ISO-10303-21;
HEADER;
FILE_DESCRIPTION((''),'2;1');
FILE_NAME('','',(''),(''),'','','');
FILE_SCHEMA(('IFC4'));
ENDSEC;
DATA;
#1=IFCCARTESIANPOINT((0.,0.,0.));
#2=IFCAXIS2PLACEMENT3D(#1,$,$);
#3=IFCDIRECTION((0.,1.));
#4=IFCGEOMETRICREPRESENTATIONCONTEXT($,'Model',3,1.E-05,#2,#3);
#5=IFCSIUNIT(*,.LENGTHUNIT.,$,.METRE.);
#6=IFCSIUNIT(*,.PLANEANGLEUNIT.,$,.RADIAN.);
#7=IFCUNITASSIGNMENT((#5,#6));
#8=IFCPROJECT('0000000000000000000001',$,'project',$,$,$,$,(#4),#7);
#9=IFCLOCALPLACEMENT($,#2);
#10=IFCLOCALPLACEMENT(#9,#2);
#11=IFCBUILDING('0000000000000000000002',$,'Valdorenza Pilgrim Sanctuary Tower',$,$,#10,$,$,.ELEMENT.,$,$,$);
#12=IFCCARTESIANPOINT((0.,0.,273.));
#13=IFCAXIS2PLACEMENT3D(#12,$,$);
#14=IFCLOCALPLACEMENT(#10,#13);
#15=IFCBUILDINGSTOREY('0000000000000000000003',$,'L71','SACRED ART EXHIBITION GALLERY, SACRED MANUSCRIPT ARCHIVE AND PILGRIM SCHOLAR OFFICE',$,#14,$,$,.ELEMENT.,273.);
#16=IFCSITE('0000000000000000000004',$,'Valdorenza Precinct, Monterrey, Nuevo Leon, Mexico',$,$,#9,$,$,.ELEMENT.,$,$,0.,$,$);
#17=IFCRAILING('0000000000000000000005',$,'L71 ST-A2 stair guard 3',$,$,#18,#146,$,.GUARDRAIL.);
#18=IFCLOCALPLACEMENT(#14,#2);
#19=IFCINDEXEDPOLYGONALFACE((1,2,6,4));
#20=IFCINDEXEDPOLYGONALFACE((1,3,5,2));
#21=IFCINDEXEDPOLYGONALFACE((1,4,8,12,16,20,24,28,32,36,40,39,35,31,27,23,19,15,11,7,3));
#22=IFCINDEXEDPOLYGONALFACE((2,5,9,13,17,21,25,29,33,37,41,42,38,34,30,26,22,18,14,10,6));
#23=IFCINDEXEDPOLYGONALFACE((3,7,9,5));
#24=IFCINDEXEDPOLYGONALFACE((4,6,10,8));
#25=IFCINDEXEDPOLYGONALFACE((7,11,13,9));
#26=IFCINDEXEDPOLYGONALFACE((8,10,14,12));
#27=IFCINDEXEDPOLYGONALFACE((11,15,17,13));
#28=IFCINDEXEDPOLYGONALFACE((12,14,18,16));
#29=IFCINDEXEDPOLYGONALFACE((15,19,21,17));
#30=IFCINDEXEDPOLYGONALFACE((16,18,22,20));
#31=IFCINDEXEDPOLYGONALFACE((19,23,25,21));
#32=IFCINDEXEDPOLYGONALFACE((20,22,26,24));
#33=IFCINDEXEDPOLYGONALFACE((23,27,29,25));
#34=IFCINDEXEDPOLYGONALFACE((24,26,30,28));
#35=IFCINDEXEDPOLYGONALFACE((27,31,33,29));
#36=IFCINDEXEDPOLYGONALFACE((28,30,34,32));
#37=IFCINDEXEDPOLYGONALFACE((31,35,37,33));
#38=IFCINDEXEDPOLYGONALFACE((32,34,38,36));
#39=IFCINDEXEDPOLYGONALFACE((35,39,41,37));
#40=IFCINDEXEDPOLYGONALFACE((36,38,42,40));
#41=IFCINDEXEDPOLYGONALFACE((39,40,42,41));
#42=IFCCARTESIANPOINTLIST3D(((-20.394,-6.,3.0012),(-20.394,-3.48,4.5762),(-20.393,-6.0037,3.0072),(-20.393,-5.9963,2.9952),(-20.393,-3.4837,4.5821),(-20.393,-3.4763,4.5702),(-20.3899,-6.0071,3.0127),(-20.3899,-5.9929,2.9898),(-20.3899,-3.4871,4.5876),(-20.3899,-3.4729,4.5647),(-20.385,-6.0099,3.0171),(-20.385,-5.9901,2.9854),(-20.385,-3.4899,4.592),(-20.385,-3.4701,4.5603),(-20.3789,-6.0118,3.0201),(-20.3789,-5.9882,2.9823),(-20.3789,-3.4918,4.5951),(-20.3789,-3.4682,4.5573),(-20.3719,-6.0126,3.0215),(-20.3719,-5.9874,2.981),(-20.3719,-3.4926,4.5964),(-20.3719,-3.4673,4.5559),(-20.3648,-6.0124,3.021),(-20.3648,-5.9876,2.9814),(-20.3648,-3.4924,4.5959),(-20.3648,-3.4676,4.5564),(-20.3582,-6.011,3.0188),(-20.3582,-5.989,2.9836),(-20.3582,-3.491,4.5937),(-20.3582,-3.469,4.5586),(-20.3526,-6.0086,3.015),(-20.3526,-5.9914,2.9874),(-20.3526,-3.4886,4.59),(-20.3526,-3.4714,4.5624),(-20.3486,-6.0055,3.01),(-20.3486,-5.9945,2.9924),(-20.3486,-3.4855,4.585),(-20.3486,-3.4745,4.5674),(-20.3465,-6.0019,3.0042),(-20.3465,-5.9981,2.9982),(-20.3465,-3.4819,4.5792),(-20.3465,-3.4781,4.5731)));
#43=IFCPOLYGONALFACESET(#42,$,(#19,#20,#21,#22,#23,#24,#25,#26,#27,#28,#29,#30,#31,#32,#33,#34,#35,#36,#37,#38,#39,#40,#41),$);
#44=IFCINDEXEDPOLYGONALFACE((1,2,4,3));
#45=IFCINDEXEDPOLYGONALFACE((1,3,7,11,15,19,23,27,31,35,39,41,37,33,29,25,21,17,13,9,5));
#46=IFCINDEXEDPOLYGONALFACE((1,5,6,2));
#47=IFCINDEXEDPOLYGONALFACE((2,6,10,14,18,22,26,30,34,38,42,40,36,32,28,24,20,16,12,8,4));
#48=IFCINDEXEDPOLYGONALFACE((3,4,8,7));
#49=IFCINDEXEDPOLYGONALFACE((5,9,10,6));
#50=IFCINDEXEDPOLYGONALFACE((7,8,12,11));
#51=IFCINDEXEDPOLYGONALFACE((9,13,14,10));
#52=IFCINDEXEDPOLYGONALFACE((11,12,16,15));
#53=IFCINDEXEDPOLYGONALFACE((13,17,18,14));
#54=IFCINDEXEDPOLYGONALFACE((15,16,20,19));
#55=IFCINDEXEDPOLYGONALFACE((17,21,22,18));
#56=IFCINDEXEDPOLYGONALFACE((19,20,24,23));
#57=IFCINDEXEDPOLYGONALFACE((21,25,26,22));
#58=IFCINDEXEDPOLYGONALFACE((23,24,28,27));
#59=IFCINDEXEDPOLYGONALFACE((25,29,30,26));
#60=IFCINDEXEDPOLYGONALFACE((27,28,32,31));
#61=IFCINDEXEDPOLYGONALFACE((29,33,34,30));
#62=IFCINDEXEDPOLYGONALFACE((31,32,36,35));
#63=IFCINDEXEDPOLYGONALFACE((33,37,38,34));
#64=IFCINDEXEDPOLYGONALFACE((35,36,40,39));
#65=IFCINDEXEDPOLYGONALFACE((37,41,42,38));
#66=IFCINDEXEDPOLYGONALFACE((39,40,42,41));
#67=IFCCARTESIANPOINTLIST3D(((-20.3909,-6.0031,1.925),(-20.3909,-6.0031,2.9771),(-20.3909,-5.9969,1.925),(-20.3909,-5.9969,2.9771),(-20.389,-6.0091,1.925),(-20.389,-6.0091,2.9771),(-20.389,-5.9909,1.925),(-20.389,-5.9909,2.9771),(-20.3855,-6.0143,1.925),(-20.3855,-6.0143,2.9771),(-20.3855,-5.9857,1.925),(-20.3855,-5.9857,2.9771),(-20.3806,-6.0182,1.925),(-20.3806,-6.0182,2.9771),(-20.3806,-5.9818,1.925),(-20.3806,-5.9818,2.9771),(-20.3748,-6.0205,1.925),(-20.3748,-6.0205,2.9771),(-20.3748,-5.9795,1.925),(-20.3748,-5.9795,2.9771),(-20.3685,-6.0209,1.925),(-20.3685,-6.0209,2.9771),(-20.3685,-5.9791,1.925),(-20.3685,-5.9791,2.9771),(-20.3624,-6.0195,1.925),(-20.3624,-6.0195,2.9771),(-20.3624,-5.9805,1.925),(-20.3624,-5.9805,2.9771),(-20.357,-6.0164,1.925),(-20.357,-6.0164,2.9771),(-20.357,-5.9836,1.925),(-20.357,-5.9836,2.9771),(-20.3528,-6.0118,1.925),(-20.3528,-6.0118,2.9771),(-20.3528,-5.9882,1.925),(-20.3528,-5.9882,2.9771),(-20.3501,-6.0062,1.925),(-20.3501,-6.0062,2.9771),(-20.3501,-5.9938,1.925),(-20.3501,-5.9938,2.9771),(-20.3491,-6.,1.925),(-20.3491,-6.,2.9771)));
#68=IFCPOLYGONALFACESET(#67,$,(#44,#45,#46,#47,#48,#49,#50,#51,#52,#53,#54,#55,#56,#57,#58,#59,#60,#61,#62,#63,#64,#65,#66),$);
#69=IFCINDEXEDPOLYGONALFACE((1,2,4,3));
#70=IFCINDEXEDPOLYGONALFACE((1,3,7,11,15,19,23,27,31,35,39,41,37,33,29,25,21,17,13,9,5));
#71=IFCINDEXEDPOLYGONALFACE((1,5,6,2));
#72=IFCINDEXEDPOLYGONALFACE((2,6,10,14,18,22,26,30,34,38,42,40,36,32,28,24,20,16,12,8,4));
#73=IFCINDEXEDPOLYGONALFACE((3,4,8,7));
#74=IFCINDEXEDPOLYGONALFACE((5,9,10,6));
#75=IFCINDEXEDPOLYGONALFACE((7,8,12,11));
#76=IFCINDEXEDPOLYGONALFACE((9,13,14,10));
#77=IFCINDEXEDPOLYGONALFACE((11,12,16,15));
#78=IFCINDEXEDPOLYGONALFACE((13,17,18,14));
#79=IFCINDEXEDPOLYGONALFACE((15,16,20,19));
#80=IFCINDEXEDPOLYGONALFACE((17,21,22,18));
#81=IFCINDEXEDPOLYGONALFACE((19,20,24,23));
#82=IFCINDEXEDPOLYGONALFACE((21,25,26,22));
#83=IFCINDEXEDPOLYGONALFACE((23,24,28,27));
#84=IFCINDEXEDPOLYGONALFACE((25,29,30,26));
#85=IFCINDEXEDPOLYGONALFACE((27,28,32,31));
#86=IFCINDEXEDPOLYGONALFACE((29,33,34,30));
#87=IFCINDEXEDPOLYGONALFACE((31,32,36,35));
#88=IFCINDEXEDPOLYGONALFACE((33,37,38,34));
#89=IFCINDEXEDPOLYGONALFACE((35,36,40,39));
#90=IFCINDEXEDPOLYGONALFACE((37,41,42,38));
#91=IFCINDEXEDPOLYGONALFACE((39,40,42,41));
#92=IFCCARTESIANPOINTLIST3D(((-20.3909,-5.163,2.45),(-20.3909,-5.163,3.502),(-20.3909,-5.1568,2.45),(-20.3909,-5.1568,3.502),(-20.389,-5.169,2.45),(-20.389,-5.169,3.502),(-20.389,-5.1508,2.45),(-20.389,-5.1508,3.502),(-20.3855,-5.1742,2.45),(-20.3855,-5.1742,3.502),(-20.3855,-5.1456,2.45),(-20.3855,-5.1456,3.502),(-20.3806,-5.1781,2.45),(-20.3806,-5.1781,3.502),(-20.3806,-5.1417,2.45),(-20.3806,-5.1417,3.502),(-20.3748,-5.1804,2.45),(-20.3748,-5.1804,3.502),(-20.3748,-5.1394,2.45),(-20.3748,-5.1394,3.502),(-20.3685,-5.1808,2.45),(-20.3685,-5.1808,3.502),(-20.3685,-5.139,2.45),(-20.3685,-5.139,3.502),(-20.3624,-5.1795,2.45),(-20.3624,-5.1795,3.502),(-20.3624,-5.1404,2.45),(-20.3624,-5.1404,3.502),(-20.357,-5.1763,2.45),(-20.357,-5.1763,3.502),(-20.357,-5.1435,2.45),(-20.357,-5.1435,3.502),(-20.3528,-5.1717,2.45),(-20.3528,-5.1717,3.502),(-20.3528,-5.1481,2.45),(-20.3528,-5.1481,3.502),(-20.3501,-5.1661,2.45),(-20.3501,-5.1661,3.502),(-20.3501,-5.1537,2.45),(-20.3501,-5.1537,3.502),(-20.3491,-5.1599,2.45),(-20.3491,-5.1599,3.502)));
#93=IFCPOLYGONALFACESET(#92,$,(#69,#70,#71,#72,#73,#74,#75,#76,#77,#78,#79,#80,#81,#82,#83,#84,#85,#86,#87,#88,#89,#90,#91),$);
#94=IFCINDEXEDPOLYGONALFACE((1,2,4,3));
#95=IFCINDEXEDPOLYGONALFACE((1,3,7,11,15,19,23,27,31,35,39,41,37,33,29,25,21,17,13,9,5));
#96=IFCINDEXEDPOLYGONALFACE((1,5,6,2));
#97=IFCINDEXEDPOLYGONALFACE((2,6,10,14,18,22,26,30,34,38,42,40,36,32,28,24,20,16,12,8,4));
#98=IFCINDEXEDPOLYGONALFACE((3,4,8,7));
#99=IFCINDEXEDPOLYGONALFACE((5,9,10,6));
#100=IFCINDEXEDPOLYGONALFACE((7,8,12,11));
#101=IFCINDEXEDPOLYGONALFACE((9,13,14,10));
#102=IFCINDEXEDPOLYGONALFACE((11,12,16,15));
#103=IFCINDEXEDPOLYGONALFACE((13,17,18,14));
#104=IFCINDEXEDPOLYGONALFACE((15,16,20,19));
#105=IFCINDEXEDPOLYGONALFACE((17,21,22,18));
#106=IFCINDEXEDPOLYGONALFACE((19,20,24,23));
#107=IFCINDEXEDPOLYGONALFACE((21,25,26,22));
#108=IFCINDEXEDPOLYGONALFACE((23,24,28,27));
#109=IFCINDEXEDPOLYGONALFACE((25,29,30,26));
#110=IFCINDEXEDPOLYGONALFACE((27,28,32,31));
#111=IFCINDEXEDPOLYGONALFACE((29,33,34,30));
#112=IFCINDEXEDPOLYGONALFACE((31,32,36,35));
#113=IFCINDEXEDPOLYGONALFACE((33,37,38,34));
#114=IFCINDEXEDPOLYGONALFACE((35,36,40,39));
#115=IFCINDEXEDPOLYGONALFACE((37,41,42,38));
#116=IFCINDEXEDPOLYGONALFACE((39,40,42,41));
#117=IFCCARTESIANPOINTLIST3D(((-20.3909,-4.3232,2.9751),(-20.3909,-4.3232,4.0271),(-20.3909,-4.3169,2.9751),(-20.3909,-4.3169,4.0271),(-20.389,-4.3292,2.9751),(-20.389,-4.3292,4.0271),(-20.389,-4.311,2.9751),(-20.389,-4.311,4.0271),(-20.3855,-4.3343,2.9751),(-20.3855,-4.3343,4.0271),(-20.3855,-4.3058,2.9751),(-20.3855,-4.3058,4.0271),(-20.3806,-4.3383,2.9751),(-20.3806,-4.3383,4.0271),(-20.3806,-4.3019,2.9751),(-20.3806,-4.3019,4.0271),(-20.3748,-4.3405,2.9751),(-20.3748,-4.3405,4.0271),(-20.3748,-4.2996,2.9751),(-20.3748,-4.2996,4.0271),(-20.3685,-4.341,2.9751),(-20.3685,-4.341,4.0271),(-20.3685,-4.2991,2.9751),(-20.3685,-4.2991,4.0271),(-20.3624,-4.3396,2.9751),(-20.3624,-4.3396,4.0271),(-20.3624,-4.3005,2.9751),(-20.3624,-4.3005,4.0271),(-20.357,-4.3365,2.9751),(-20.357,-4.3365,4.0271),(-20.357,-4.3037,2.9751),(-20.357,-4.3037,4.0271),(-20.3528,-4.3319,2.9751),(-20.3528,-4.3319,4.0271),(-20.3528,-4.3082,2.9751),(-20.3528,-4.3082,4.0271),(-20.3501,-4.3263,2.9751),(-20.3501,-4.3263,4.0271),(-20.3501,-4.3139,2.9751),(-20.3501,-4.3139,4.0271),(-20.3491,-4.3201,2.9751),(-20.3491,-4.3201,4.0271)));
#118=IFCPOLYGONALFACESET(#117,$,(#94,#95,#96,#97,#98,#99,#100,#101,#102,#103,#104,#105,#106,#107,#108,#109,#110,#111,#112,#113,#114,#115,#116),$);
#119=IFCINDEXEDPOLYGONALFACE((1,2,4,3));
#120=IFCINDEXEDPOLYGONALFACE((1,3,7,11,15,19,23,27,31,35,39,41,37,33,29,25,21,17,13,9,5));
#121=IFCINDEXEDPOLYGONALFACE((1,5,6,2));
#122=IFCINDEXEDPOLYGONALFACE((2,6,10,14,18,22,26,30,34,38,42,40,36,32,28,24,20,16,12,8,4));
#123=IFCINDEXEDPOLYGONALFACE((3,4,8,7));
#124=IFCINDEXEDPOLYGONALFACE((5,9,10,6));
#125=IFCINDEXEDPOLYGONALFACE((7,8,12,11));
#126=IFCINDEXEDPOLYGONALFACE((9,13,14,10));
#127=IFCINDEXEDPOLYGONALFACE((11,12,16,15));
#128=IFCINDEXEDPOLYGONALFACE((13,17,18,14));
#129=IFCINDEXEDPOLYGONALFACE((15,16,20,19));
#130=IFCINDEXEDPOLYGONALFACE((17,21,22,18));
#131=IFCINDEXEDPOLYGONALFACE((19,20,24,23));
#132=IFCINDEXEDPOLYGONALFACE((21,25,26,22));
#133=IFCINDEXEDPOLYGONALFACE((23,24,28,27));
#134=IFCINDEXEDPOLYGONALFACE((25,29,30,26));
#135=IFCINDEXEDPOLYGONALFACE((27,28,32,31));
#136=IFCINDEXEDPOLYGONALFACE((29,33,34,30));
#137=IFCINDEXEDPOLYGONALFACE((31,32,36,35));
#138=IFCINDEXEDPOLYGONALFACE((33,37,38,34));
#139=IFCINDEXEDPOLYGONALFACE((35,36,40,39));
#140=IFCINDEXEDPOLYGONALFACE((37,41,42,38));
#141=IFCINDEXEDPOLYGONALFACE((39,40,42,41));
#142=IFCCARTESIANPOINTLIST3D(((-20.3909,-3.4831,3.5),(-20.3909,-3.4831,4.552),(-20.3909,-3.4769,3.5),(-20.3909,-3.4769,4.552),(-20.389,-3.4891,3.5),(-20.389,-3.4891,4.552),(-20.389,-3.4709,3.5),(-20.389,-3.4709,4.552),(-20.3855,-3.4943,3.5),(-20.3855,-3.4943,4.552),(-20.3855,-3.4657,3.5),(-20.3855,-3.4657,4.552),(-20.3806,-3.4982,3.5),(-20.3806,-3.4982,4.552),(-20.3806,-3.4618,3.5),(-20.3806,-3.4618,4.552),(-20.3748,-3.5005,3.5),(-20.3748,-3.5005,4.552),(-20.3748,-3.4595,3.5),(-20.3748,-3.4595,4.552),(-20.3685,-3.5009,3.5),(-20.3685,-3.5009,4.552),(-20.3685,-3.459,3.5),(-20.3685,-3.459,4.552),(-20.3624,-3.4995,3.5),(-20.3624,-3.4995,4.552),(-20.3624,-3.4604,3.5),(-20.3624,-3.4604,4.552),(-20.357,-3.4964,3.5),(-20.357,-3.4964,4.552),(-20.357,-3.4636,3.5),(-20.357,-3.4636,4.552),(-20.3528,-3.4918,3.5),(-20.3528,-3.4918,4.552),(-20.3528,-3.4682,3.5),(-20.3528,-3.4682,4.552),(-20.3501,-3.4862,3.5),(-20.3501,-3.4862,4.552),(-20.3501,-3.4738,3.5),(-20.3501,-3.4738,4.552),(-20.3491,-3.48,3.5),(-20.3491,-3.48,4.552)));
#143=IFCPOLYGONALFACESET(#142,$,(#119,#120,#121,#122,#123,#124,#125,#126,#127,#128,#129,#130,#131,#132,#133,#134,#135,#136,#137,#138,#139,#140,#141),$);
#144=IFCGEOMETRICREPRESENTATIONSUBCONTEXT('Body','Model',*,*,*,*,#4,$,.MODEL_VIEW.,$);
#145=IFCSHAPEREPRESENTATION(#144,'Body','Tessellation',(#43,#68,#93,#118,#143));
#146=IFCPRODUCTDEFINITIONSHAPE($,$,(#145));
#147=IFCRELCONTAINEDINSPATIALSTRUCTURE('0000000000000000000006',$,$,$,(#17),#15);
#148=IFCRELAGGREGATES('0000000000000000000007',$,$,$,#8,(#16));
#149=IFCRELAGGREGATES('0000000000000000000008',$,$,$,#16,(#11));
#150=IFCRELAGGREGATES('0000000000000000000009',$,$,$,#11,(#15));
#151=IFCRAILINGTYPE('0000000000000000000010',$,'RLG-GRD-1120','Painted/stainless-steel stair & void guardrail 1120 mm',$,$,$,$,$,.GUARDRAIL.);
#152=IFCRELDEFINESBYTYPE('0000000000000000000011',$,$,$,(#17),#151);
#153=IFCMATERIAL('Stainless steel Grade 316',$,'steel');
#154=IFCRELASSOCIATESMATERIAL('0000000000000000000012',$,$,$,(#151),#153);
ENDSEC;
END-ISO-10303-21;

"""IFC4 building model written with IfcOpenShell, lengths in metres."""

from ifc_helpers import new_model, si_unit, direction, frame, origin, origin_2d, place, context, subcontext, project, spatial, circle, extrude, material, type_object, element, save


model = new_model("IFC4")

# Units and contexts
model_context = context("Model", 3, precision=1e-05, world=origin(), true_north=direction((0.0, 1.0)))
body_context = subcontext(model_context, "Body", "Model", "MODEL_VIEW")
ifc_project = project(units=[si_unit("LENGTHUNIT", "METRE"), si_unit("PLANEANGLEUNIT", "RADIAN")], contexts=[model_context])

# Site, building, storey
site_placement = place(None, origin())
site = spatial("IfcSite", under=ifc_project, at=site_placement, Name="Valdorenza Precinct, Monterrey, Nuevo Leon, Mexico", CompositionType="ELEMENT", RefElevation=0.0)
building_placement = place(site_placement, origin())
building = spatial("IfcBuilding", under=site, at=building_placement, Name="Valdorenza Pilgrim Sanctuary Tower", CompositionType="ELEMENT")
storey_placement = place(building_placement, frame((0.0, 0.0, 273.0)))
storey = spatial("IfcBuildingStorey", under=building, at=storey_placement, Name="L71", Description="SACRED ART EXHIBITION GALLERY, SACRED MANUSCRIPT ARCHIVE AND PILGRIM SCHOLAR OFFICE", CompositionType="ELEMENT", Elevation=273.0)

# Railing
ifc_material_1 = material(Name="Stainless steel Grade 316", Category="steel")
railing_type_1 = type_object("IfcRailingType", Name="RLG-GRD-1120", Description="Painted/stainless-steel stair & void guardrail 1120 mm", PredefinedType="GUARDRAIL", material=ifc_material_1)
railing_1_placement = place(storey_placement, frame((-20.3701, -6.0, 1.925)))
element("IfcRailing", 1, at=railing_1_placement, inside=storey, type_object=railing_type_1, Name="L71 ST-A2 stair guard 3", PredefinedType="GUARDRAIL", context=body_context, shape_type="SweptSolid", body=[
    extrude(circle(Radius=0.0239, at=origin_2d()), frame((0.0, 0.0, 1.0762), z_axis=(0.0, 0.848008, 0.529984), x_axis=(-1.0, 0.0, 0.0)), (0.0, 0.0, 1.0), 2.9717),
    extrude(circle(Radius=0.021, at=origin_2d()), origin(), (0.0, 0.0, 1.0), 1.052),
    extrude(circle(Radius=0.021, at=origin_2d()), frame((0.0, 0.8401, 0.5249)), (0.0, 0.0, 1.0), 1.052),
    extrude(circle(Radius=0.021, at=origin_2d()), frame((0.0, 1.6799, 1.05)), (0.0, 0.0, 1.0), 1.052),
    extrude(circle(Radius=0.021, at=origin_2d()), frame((0.0, 2.52, 1.575)), (0.0, 0.0, 1.0), 1.052),
])

save(model, "model.ifc")
